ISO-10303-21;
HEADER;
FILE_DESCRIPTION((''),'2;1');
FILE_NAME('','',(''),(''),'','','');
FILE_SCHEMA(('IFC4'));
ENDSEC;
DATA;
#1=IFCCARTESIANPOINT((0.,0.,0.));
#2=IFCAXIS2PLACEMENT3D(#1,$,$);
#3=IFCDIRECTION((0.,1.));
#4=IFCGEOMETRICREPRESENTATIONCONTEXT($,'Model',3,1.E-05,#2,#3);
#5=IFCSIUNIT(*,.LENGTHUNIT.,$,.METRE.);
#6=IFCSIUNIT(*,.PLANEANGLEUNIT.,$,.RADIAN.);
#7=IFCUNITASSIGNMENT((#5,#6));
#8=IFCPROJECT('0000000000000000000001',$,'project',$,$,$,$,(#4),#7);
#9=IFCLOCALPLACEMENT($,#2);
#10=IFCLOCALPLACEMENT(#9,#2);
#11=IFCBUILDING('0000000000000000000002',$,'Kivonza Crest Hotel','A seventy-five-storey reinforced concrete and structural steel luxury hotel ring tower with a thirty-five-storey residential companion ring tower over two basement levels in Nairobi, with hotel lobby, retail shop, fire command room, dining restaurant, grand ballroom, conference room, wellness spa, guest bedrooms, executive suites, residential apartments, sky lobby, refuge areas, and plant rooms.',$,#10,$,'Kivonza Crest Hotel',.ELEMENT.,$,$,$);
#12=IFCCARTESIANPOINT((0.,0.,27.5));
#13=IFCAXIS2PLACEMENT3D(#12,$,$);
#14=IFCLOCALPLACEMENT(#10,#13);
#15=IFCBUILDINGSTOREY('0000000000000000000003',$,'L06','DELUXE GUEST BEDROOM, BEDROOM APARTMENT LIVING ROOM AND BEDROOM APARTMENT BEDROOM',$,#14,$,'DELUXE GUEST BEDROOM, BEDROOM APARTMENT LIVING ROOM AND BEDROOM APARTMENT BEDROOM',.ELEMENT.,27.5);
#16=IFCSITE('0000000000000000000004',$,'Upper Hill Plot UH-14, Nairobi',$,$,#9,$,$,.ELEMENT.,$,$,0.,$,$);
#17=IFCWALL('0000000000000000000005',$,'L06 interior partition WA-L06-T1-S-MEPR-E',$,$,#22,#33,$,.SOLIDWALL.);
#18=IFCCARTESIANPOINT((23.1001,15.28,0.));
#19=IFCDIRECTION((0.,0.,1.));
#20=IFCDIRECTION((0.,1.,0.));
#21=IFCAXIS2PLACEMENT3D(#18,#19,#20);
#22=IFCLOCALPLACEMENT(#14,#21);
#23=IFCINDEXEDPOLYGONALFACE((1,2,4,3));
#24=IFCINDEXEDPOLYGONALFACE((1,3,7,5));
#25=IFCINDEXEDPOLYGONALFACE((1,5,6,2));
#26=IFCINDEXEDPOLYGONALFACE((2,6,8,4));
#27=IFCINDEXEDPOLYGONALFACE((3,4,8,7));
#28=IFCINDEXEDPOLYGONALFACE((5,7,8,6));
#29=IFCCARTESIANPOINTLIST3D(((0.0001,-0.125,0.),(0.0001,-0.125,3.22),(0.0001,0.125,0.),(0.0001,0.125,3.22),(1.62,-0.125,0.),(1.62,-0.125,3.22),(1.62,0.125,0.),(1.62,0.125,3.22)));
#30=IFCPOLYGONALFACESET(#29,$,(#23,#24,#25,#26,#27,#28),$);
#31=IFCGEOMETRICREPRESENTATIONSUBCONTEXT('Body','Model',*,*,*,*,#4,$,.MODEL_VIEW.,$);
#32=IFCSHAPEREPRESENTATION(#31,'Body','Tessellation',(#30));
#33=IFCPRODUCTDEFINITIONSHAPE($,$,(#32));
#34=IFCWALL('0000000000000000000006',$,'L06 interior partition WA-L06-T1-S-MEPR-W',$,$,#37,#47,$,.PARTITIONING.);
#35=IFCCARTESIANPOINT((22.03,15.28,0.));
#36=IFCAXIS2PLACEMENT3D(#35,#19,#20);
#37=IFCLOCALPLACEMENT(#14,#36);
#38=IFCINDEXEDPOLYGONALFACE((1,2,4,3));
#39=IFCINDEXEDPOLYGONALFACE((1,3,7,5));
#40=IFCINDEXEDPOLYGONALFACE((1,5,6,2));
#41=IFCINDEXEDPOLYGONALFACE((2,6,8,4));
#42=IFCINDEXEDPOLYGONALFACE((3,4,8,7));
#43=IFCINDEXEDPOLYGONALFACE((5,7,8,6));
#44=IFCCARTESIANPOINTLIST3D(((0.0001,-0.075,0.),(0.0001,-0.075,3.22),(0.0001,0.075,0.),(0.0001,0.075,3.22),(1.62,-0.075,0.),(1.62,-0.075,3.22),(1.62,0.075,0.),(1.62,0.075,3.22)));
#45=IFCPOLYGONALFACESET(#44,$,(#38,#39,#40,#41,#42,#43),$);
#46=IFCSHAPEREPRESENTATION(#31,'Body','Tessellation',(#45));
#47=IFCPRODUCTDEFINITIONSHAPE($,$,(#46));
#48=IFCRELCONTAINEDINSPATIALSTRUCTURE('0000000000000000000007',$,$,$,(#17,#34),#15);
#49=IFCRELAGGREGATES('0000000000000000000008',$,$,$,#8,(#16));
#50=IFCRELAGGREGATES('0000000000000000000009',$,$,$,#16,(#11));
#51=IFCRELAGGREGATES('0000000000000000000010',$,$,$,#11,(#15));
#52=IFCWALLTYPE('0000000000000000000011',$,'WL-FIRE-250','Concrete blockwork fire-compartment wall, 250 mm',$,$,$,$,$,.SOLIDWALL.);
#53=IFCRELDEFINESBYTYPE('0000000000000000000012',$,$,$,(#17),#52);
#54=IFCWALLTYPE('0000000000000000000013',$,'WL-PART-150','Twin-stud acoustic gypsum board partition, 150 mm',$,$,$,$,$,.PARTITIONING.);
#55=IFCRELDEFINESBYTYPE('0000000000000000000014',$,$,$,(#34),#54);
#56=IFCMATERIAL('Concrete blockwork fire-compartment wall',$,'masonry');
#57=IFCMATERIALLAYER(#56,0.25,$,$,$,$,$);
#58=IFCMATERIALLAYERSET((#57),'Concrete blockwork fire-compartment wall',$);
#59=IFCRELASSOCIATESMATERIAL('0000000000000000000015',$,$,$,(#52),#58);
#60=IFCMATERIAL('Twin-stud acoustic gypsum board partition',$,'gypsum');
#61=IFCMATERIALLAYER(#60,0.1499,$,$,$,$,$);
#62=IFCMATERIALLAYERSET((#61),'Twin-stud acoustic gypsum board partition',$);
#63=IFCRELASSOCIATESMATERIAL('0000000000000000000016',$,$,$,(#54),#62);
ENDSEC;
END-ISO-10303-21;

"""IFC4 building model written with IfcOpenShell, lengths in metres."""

from ifc_helpers import new_model, si_unit, direction, frame, frame_2d, origin, place, context, subcontext, project, spatial, rectangle, extrude, material, layer, layer_set, type_object, element, save


model = new_model("IFC4")

# Units and contexts
model_context = context("Model", 3, precision=1e-05, world=origin(), true_north=direction((0.0, 1.0)))
body_context = subcontext(model_context, "Body", "Model", "MODEL_VIEW")
ifc_project = project(units=[si_unit("LENGTHUNIT", "METRE"), si_unit("PLANEANGLEUNIT", "RADIAN")], contexts=[model_context])

# Site, building, storey
site_placement = place(None, origin())
site = spatial("IfcSite", under=ifc_project, at=site_placement, Name="Upper Hill Plot UH-14, Nairobi", CompositionType="ELEMENT", RefElevation=0.0)
building_placement = place(site_placement, origin())
building = spatial("IfcBuilding", under=site, at=building_placement, Name="Kivonza Crest Hotel", Description="A seventy-five-storey reinforced concrete and structural steel luxury hotel ring tower with a thirty-five-storey residential companion ring tower over two basement levels in Nairobi, with hotel lobby, retail shop, fire command room, dining restaurant, grand ballroom, conference room, wellness spa, guest bedrooms, executive suites, residential apartments, sky lobby, refuge areas, and plant rooms.", LongName="Kivonza Crest Hotel", CompositionType="ELEMENT")
storey_placement = place(building_placement, frame((0.0, 0.0, 27.5)))
storey = spatial("IfcBuildingStorey", under=building, at=storey_placement, Name="L06", Description="DELUXE GUEST BEDROOM, BEDROOM APARTMENT LIVING ROOM AND BEDROOM APARTMENT BEDROOM", LongName="DELUXE GUEST BEDROOM, BEDROOM APARTMENT LIVING ROOM AND BEDROOM APARTMENT BEDROOM", CompositionType="ELEMENT", Elevation=27.5)

# Walls
ifc_material_1 = material(Name="Concrete blockwork fire-compartment wall", Category="masonry")
ifc_layer_1 = layer(ifc_material_1, 0.25)
ifc_layer_set_1 = layer_set([ifc_layer_1], Name="Concrete blockwork fire-compartment wall")
wall_type_1 = type_object("IfcWallType", Name="WL-FIRE-250", Description="Concrete blockwork fire-compartment wall, 250 mm", PredefinedType="SOLIDWALL", material=ifc_layer_set_1)
wall_1_placement = place(storey_placement, frame((23.1001, 15.28, 0.0), z_axis=(0.0, 0.0, 1.0), x_axis=(0.0, 1.0, 0.0)))
element("IfcWall", 1, at=wall_1_placement, inside=storey, type_object=wall_type_1, Name="L06 interior partition WA-L06-T1-S-MEPR-E", PredefinedType="SOLIDWALL", context=body_context, shape_type="SweptSolid", body=[
    extrude(rectangle(XDim=1.6199, YDim=0.25, at=frame_2d((0.8101, 0.0))), origin(), (0.0, 0.0, 1.0), 3.22),
])
ifc_material_2 = material(Name="Twin-stud acoustic gypsum board partition", Category="gypsum")
ifc_layer_2 = layer(ifc_material_2, 0.1499)
ifc_layer_set_2 = layer_set([ifc_layer_2], Name="Twin-stud acoustic gypsum board partition")
wall_type_2 = type_object("IfcWallType", Name="WL-PART-150", Description="Twin-stud acoustic gypsum board partition, 150 mm", PredefinedType="PARTITIONING", material=ifc_layer_set_2)
wall_2_placement = place(storey_placement, frame((22.03, 15.28, 0.0), z_axis=(0.0, 0.0, 1.0), x_axis=(0.0, 1.0, 0.0)))
element("IfcWall", 2, at=wall_2_placement, inside=storey, type_object=wall_type_2, Name="L06 interior partition WA-L06-T1-S-MEPR-W", PredefinedType="PARTITIONING", context=body_context, shape_type="SweptSolid", body=[
    extrude(rectangle(XDim=1.6199, YDim=0.1499, at=frame_2d((0.8101, 0.0))), origin(), (0.0, 0.0, 1.0), 3.22),
])

save(model, "model.ifc")
